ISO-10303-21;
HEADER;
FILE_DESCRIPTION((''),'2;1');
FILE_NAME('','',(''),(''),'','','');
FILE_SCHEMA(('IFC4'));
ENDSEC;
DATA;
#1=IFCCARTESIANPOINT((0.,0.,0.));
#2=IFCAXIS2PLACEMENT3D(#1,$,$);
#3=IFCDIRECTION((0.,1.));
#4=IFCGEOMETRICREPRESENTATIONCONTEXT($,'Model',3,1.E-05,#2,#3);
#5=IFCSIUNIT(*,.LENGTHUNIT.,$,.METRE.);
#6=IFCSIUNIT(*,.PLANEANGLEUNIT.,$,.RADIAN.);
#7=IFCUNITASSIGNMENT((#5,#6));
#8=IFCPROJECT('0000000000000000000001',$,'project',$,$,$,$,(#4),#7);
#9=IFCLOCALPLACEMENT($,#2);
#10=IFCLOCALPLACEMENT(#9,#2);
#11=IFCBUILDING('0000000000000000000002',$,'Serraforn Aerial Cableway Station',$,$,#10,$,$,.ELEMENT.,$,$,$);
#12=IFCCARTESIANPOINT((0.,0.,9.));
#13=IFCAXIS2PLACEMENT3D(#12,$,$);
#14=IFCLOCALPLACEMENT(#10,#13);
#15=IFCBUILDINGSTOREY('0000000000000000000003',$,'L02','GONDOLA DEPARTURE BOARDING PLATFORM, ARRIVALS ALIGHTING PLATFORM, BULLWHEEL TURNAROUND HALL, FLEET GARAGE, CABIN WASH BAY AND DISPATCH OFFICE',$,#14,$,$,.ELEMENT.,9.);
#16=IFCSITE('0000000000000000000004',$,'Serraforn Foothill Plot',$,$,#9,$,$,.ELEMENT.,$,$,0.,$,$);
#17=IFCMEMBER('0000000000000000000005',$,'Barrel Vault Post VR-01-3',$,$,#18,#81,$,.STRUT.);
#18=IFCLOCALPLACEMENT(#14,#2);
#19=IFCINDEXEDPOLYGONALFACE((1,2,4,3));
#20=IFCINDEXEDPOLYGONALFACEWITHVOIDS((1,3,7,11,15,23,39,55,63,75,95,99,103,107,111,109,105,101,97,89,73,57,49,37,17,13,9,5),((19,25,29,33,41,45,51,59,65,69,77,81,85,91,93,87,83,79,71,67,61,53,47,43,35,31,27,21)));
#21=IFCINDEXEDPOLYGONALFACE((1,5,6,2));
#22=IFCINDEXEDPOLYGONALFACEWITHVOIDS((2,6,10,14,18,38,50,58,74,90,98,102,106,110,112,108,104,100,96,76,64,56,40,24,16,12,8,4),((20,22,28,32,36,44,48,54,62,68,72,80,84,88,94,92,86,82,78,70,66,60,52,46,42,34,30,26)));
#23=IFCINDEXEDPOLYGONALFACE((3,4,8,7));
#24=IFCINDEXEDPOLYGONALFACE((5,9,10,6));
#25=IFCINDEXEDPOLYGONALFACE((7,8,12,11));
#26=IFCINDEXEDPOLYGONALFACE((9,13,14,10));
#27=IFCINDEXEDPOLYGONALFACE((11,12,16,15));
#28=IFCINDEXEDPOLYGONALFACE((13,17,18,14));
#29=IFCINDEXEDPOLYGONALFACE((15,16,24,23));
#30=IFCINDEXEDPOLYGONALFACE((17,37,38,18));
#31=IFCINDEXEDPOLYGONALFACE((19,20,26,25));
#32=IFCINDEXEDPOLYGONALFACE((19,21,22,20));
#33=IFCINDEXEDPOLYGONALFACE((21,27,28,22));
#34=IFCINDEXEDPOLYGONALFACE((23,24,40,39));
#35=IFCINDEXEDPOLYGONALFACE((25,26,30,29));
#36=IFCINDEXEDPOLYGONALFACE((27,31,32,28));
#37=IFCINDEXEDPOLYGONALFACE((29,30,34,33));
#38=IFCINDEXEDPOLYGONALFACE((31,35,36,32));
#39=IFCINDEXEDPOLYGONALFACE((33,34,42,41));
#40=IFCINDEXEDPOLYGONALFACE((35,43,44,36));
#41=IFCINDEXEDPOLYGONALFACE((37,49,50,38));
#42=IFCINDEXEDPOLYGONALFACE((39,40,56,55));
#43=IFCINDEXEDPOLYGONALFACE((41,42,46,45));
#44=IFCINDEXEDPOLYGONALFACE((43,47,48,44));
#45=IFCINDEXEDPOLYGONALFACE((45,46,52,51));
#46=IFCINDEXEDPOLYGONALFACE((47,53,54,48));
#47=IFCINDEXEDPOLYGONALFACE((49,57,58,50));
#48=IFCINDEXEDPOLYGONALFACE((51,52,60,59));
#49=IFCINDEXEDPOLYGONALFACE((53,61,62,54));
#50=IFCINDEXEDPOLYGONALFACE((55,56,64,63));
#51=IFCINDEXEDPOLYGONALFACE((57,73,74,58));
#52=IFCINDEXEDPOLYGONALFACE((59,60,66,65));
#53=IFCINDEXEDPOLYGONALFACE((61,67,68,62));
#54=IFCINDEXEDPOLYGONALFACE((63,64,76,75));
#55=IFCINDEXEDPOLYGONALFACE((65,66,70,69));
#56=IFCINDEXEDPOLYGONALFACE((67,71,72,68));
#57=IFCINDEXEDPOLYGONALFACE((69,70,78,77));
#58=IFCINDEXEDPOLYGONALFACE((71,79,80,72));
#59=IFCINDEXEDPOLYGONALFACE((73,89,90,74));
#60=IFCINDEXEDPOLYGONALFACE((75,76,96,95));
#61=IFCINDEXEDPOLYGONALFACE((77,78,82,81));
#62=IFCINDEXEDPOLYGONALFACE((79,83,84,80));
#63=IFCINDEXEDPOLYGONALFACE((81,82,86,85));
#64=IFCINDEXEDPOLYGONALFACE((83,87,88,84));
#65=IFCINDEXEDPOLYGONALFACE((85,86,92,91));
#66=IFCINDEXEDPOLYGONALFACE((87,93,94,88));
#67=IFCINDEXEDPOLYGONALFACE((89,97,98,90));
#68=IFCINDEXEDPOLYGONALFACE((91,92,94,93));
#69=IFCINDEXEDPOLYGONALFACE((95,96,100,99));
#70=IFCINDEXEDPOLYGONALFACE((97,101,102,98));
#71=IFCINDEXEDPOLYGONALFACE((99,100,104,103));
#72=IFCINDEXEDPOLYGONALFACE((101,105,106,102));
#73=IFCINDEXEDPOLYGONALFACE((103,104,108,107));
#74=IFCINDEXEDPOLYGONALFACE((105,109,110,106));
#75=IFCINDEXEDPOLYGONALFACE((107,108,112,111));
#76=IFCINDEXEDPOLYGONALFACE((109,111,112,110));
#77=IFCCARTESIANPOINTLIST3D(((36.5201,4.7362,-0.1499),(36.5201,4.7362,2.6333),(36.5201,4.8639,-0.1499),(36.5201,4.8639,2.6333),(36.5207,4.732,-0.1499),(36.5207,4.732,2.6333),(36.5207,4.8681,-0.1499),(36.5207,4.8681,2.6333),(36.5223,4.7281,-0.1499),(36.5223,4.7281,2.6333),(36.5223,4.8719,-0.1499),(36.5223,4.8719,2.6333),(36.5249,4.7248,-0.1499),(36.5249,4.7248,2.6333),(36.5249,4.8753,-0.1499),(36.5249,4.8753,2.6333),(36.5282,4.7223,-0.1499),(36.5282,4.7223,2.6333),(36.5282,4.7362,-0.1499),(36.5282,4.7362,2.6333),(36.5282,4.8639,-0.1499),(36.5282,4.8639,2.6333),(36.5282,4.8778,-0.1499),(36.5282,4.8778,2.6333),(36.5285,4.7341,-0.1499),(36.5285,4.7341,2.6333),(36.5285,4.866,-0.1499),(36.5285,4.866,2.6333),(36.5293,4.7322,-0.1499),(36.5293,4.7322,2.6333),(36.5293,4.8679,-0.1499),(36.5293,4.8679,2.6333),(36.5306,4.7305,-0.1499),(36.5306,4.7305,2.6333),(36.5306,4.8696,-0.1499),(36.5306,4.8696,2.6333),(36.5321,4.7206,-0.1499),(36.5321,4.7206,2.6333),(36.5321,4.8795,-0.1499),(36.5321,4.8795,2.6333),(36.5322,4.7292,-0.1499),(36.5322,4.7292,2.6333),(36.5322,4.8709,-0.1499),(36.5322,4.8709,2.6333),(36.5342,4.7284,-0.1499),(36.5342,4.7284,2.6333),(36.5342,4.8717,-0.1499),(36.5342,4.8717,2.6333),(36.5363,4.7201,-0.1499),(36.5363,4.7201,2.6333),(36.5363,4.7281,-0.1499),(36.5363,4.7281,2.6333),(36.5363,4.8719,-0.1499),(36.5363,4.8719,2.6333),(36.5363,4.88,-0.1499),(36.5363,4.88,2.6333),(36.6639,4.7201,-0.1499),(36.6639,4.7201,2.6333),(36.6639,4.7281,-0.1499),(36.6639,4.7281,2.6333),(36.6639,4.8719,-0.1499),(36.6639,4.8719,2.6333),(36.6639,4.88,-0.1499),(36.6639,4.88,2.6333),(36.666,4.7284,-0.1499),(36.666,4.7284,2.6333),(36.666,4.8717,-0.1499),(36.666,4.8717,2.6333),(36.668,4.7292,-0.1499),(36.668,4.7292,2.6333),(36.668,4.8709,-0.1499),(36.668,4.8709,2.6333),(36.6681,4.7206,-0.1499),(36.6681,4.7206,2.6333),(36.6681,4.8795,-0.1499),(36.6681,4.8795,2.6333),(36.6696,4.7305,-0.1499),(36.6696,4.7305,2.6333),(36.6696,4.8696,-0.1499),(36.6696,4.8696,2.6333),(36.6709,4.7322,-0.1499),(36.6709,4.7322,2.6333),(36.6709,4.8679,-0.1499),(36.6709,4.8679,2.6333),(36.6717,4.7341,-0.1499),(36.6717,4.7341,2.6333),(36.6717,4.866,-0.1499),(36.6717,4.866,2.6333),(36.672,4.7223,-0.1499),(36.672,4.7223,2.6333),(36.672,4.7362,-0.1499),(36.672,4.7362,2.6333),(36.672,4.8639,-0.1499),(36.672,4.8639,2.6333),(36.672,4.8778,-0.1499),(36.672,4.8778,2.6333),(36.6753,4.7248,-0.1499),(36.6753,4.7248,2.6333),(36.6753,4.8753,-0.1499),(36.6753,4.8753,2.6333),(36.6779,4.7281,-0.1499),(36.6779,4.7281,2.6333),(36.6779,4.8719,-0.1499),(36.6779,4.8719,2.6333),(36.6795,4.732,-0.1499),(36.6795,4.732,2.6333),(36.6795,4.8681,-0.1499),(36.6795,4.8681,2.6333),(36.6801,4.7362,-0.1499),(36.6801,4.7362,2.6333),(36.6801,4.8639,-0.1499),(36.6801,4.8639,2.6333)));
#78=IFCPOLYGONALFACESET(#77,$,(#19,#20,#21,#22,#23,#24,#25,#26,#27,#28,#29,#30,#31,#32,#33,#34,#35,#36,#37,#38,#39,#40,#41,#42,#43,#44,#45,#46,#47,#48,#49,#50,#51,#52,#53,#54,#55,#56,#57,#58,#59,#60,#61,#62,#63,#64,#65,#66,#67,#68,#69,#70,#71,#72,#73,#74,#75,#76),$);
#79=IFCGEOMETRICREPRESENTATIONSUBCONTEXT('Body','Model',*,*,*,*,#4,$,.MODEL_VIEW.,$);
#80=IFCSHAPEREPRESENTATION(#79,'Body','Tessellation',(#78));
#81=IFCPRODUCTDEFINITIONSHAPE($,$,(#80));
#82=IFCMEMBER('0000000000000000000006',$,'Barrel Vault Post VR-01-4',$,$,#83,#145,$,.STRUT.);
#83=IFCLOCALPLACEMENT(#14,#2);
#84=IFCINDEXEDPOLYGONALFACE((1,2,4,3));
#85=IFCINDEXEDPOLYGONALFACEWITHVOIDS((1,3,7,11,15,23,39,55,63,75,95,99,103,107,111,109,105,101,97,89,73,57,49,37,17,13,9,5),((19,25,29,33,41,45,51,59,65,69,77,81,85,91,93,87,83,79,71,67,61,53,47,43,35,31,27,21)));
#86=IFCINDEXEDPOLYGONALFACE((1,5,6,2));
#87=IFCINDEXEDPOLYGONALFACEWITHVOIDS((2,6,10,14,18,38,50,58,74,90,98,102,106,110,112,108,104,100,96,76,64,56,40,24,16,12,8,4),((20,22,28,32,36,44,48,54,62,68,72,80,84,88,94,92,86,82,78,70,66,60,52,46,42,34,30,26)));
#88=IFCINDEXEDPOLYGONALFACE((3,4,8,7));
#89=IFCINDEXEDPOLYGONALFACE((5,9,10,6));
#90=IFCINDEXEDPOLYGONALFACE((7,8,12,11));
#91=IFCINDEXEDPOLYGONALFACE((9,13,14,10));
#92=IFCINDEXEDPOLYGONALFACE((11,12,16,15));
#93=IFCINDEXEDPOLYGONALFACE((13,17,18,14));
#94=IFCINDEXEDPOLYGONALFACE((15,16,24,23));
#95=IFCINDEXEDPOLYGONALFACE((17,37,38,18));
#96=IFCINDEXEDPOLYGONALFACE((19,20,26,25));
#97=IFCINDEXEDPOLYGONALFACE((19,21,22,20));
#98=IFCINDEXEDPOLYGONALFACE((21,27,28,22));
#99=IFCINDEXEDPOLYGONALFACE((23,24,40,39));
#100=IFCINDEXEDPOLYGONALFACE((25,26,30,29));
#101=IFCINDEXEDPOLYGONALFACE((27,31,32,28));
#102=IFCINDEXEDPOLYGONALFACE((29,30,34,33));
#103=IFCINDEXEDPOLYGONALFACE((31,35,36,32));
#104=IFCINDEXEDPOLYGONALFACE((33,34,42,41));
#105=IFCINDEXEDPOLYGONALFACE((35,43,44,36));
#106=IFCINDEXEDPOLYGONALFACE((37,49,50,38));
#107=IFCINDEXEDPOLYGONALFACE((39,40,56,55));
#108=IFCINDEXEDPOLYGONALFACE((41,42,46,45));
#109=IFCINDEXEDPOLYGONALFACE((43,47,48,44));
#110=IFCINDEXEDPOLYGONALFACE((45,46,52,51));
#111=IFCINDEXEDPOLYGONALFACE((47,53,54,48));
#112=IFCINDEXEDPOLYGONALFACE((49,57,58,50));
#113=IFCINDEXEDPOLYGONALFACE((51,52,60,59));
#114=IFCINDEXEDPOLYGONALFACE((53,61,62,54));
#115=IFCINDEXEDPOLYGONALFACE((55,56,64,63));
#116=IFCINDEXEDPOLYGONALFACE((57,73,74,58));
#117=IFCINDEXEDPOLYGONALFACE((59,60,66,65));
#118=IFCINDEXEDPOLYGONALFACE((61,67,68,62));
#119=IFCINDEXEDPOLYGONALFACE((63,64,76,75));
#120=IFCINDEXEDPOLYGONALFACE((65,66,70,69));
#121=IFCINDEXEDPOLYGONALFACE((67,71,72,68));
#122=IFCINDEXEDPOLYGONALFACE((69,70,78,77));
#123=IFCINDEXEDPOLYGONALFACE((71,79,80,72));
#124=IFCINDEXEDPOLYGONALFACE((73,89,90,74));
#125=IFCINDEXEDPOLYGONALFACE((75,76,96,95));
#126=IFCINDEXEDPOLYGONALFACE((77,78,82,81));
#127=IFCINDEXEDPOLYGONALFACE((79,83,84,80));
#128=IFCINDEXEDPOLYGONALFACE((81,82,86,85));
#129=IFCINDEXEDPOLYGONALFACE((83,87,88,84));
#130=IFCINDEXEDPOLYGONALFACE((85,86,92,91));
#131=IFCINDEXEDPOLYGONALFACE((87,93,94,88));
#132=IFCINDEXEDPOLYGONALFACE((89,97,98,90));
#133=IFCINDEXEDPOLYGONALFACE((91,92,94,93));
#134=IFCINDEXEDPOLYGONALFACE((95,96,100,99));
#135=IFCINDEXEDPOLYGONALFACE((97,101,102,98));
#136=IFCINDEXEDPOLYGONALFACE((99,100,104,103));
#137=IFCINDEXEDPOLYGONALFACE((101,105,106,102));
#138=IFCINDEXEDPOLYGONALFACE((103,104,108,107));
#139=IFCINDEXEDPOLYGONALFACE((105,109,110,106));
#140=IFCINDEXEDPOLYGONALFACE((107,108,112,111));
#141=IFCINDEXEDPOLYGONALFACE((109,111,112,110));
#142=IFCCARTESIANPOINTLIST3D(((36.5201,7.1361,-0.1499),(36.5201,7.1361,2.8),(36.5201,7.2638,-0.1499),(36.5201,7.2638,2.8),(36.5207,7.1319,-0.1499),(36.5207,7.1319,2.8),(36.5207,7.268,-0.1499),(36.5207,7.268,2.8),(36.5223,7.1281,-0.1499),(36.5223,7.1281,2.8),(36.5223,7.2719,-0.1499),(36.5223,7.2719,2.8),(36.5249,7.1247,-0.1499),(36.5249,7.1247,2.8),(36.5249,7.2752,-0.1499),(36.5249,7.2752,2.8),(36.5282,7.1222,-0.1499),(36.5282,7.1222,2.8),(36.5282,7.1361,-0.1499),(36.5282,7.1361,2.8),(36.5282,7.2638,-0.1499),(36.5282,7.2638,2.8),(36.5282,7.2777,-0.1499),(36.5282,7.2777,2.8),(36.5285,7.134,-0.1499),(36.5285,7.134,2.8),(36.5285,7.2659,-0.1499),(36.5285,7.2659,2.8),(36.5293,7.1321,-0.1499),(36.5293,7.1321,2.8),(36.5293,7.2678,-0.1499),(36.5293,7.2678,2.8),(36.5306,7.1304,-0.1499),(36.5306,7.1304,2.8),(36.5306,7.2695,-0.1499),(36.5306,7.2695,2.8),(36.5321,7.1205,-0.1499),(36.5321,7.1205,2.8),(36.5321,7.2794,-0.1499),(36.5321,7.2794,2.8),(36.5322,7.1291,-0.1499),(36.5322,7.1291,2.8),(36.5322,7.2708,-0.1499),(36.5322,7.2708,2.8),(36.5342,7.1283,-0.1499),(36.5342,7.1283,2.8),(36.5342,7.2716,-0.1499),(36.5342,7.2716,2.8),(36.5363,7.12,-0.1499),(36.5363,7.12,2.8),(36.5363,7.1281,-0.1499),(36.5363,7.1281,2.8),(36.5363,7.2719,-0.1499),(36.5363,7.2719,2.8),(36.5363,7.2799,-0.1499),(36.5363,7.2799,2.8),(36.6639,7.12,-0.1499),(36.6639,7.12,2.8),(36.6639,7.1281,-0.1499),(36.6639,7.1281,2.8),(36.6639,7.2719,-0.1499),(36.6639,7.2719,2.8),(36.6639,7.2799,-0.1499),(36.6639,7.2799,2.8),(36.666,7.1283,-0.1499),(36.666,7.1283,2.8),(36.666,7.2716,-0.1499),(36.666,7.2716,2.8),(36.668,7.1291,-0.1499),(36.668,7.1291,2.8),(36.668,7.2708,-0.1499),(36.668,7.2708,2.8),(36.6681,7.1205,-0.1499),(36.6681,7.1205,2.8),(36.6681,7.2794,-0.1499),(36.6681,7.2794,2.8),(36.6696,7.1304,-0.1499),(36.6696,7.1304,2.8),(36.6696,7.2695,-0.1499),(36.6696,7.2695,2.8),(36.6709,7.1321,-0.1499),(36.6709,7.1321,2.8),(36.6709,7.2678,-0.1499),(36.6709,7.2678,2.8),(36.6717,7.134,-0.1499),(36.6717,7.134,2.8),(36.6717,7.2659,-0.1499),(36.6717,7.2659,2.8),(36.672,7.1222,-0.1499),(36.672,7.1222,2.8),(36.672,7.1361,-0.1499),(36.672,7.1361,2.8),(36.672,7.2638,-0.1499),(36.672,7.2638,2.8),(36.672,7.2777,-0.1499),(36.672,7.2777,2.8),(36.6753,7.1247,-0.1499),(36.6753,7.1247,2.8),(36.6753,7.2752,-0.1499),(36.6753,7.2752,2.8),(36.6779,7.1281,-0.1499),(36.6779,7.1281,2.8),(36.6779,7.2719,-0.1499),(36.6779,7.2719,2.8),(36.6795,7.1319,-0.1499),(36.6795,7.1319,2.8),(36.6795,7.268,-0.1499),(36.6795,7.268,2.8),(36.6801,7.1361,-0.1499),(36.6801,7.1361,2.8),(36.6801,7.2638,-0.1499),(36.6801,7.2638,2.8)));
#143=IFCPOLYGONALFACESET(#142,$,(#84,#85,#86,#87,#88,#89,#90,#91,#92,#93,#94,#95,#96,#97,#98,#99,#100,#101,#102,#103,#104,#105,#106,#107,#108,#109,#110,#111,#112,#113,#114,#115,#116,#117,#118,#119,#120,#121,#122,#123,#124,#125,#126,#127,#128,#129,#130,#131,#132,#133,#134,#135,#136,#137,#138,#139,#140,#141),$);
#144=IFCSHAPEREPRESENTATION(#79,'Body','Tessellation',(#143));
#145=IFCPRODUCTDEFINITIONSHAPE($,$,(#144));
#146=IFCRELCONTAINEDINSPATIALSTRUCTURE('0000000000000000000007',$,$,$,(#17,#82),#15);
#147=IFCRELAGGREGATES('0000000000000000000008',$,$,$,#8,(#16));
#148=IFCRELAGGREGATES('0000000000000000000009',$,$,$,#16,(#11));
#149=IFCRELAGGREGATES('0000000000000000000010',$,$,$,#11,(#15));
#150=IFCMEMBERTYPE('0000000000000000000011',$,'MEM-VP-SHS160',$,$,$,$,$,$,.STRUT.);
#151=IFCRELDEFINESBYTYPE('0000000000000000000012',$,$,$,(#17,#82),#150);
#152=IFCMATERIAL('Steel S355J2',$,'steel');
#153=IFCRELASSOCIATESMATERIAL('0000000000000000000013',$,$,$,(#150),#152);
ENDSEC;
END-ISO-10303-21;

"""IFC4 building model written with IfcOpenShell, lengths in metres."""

from ifc_helpers import new_model, si_unit, direction, frame, origin, origin_2d, place, context, subcontext, project, spatial, hollow_rectangle, extrude, material, material_profile, profile_set, type_object, element, save


model = new_model("IFC4")

# Units and contexts
model_context = context("Model", 3, precision=1e-05, world=origin(), true_north=direction((0.0, 1.0)))
body_context = subcontext(model_context, "Body", "Model", "MODEL_VIEW")
ifc_project = project(units=[si_unit("LENGTHUNIT", "METRE"), si_unit("PLANEANGLEUNIT", "RADIAN")], contexts=[model_context])

# Site, building, storey
site_placement = place(None, origin())
site = spatial("IfcSite", under=ifc_project, at=site_placement, Name="Serraforn Foothill Plot", CompositionType="ELEMENT", RefElevation=0.0)
building_placement = place(site_placement, origin())
building = spatial("IfcBuilding", under=site, at=building_placement, Name="Serraforn Aerial Cableway Station", CompositionType="ELEMENT")
storey_placement = place(building_placement, frame((0.0, 0.0, 9.0)))
storey = spatial("IfcBuildingStorey", under=building, at=storey_placement, Name="L02", Description="GONDOLA DEPARTURE BOARDING PLATFORM, ARRIVALS ALIGHTING PLATFORM, BULLWHEEL TURNAROUND HALL, FLEET GARAGE, CABIN WASH BAY AND DISPATCH OFFICE", CompositionType="ELEMENT", Elevation=9.0)

# Members
ifc_material_1 = material(Name="Steel S355J2", Category="steel")
ifc_material_profile_1 = material_profile(ifc_material_1, hollow_rectangle(XDim=0.1599, YDim=0.1599, WallThickness=0.0081, InnerFilletRadius=0.0081, OuterFilletRadius=0.0161, at=origin_2d()), Name="SHS 160x160x8.0")
ifc_profile_set_1 = profile_set([ifc_material_profile_1], Name="Steel S355J2")
member_type_1 = type_object("IfcMemberType", Name="MEM-VP-SHS160", PredefinedType="STRUT", material=ifc_profile_set_1)
member_1_placement = place(storey_placement, frame((36.6001, 4.8, -0.1499), z_axis=(0.0, 0.0, 1.0), x_axis=(1.0, 0.0, 0.0)))
element("IfcMember", 1, at=member_1_placement, inside=storey, type_object=member_type_1, Name="Barrel Vault Post VR-01-3", PredefinedType="STRUT", context=body_context, shape_type="SweptSolid", body=[
    extrude(hollow_rectangle(XDim=0.1599, YDim=0.1599, WallThickness=0.0081, InnerFilletRadius=0.0081, OuterFilletRadius=0.0161, at=origin_2d()), origin(), (0.0, 0.0, 1.0), 2.7832),
])
member_2_placement = place(storey_placement, frame((36.6001, 7.2, -0.1499), z_axis=(0.0, 0.0, 1.0), x_axis=(1.0, 0.0, 0.0)))
element("IfcMember", 2, at=member_2_placement, inside=storey, type_object=member_type_1, Name="Barrel Vault Post VR-01-4", PredefinedType="STRUT", context=body_context, shape_type="SweptSolid", body=[
    extrude(hollow_rectangle(XDim=0.1599, YDim=0.1599, WallThickness=0.0081, InnerFilletRadius=0.0081, OuterFilletRadius=0.0161, at=origin_2d()), origin(), (0.0, 0.0, 1.0), 2.95),
])

save(model, "model.ifc")
